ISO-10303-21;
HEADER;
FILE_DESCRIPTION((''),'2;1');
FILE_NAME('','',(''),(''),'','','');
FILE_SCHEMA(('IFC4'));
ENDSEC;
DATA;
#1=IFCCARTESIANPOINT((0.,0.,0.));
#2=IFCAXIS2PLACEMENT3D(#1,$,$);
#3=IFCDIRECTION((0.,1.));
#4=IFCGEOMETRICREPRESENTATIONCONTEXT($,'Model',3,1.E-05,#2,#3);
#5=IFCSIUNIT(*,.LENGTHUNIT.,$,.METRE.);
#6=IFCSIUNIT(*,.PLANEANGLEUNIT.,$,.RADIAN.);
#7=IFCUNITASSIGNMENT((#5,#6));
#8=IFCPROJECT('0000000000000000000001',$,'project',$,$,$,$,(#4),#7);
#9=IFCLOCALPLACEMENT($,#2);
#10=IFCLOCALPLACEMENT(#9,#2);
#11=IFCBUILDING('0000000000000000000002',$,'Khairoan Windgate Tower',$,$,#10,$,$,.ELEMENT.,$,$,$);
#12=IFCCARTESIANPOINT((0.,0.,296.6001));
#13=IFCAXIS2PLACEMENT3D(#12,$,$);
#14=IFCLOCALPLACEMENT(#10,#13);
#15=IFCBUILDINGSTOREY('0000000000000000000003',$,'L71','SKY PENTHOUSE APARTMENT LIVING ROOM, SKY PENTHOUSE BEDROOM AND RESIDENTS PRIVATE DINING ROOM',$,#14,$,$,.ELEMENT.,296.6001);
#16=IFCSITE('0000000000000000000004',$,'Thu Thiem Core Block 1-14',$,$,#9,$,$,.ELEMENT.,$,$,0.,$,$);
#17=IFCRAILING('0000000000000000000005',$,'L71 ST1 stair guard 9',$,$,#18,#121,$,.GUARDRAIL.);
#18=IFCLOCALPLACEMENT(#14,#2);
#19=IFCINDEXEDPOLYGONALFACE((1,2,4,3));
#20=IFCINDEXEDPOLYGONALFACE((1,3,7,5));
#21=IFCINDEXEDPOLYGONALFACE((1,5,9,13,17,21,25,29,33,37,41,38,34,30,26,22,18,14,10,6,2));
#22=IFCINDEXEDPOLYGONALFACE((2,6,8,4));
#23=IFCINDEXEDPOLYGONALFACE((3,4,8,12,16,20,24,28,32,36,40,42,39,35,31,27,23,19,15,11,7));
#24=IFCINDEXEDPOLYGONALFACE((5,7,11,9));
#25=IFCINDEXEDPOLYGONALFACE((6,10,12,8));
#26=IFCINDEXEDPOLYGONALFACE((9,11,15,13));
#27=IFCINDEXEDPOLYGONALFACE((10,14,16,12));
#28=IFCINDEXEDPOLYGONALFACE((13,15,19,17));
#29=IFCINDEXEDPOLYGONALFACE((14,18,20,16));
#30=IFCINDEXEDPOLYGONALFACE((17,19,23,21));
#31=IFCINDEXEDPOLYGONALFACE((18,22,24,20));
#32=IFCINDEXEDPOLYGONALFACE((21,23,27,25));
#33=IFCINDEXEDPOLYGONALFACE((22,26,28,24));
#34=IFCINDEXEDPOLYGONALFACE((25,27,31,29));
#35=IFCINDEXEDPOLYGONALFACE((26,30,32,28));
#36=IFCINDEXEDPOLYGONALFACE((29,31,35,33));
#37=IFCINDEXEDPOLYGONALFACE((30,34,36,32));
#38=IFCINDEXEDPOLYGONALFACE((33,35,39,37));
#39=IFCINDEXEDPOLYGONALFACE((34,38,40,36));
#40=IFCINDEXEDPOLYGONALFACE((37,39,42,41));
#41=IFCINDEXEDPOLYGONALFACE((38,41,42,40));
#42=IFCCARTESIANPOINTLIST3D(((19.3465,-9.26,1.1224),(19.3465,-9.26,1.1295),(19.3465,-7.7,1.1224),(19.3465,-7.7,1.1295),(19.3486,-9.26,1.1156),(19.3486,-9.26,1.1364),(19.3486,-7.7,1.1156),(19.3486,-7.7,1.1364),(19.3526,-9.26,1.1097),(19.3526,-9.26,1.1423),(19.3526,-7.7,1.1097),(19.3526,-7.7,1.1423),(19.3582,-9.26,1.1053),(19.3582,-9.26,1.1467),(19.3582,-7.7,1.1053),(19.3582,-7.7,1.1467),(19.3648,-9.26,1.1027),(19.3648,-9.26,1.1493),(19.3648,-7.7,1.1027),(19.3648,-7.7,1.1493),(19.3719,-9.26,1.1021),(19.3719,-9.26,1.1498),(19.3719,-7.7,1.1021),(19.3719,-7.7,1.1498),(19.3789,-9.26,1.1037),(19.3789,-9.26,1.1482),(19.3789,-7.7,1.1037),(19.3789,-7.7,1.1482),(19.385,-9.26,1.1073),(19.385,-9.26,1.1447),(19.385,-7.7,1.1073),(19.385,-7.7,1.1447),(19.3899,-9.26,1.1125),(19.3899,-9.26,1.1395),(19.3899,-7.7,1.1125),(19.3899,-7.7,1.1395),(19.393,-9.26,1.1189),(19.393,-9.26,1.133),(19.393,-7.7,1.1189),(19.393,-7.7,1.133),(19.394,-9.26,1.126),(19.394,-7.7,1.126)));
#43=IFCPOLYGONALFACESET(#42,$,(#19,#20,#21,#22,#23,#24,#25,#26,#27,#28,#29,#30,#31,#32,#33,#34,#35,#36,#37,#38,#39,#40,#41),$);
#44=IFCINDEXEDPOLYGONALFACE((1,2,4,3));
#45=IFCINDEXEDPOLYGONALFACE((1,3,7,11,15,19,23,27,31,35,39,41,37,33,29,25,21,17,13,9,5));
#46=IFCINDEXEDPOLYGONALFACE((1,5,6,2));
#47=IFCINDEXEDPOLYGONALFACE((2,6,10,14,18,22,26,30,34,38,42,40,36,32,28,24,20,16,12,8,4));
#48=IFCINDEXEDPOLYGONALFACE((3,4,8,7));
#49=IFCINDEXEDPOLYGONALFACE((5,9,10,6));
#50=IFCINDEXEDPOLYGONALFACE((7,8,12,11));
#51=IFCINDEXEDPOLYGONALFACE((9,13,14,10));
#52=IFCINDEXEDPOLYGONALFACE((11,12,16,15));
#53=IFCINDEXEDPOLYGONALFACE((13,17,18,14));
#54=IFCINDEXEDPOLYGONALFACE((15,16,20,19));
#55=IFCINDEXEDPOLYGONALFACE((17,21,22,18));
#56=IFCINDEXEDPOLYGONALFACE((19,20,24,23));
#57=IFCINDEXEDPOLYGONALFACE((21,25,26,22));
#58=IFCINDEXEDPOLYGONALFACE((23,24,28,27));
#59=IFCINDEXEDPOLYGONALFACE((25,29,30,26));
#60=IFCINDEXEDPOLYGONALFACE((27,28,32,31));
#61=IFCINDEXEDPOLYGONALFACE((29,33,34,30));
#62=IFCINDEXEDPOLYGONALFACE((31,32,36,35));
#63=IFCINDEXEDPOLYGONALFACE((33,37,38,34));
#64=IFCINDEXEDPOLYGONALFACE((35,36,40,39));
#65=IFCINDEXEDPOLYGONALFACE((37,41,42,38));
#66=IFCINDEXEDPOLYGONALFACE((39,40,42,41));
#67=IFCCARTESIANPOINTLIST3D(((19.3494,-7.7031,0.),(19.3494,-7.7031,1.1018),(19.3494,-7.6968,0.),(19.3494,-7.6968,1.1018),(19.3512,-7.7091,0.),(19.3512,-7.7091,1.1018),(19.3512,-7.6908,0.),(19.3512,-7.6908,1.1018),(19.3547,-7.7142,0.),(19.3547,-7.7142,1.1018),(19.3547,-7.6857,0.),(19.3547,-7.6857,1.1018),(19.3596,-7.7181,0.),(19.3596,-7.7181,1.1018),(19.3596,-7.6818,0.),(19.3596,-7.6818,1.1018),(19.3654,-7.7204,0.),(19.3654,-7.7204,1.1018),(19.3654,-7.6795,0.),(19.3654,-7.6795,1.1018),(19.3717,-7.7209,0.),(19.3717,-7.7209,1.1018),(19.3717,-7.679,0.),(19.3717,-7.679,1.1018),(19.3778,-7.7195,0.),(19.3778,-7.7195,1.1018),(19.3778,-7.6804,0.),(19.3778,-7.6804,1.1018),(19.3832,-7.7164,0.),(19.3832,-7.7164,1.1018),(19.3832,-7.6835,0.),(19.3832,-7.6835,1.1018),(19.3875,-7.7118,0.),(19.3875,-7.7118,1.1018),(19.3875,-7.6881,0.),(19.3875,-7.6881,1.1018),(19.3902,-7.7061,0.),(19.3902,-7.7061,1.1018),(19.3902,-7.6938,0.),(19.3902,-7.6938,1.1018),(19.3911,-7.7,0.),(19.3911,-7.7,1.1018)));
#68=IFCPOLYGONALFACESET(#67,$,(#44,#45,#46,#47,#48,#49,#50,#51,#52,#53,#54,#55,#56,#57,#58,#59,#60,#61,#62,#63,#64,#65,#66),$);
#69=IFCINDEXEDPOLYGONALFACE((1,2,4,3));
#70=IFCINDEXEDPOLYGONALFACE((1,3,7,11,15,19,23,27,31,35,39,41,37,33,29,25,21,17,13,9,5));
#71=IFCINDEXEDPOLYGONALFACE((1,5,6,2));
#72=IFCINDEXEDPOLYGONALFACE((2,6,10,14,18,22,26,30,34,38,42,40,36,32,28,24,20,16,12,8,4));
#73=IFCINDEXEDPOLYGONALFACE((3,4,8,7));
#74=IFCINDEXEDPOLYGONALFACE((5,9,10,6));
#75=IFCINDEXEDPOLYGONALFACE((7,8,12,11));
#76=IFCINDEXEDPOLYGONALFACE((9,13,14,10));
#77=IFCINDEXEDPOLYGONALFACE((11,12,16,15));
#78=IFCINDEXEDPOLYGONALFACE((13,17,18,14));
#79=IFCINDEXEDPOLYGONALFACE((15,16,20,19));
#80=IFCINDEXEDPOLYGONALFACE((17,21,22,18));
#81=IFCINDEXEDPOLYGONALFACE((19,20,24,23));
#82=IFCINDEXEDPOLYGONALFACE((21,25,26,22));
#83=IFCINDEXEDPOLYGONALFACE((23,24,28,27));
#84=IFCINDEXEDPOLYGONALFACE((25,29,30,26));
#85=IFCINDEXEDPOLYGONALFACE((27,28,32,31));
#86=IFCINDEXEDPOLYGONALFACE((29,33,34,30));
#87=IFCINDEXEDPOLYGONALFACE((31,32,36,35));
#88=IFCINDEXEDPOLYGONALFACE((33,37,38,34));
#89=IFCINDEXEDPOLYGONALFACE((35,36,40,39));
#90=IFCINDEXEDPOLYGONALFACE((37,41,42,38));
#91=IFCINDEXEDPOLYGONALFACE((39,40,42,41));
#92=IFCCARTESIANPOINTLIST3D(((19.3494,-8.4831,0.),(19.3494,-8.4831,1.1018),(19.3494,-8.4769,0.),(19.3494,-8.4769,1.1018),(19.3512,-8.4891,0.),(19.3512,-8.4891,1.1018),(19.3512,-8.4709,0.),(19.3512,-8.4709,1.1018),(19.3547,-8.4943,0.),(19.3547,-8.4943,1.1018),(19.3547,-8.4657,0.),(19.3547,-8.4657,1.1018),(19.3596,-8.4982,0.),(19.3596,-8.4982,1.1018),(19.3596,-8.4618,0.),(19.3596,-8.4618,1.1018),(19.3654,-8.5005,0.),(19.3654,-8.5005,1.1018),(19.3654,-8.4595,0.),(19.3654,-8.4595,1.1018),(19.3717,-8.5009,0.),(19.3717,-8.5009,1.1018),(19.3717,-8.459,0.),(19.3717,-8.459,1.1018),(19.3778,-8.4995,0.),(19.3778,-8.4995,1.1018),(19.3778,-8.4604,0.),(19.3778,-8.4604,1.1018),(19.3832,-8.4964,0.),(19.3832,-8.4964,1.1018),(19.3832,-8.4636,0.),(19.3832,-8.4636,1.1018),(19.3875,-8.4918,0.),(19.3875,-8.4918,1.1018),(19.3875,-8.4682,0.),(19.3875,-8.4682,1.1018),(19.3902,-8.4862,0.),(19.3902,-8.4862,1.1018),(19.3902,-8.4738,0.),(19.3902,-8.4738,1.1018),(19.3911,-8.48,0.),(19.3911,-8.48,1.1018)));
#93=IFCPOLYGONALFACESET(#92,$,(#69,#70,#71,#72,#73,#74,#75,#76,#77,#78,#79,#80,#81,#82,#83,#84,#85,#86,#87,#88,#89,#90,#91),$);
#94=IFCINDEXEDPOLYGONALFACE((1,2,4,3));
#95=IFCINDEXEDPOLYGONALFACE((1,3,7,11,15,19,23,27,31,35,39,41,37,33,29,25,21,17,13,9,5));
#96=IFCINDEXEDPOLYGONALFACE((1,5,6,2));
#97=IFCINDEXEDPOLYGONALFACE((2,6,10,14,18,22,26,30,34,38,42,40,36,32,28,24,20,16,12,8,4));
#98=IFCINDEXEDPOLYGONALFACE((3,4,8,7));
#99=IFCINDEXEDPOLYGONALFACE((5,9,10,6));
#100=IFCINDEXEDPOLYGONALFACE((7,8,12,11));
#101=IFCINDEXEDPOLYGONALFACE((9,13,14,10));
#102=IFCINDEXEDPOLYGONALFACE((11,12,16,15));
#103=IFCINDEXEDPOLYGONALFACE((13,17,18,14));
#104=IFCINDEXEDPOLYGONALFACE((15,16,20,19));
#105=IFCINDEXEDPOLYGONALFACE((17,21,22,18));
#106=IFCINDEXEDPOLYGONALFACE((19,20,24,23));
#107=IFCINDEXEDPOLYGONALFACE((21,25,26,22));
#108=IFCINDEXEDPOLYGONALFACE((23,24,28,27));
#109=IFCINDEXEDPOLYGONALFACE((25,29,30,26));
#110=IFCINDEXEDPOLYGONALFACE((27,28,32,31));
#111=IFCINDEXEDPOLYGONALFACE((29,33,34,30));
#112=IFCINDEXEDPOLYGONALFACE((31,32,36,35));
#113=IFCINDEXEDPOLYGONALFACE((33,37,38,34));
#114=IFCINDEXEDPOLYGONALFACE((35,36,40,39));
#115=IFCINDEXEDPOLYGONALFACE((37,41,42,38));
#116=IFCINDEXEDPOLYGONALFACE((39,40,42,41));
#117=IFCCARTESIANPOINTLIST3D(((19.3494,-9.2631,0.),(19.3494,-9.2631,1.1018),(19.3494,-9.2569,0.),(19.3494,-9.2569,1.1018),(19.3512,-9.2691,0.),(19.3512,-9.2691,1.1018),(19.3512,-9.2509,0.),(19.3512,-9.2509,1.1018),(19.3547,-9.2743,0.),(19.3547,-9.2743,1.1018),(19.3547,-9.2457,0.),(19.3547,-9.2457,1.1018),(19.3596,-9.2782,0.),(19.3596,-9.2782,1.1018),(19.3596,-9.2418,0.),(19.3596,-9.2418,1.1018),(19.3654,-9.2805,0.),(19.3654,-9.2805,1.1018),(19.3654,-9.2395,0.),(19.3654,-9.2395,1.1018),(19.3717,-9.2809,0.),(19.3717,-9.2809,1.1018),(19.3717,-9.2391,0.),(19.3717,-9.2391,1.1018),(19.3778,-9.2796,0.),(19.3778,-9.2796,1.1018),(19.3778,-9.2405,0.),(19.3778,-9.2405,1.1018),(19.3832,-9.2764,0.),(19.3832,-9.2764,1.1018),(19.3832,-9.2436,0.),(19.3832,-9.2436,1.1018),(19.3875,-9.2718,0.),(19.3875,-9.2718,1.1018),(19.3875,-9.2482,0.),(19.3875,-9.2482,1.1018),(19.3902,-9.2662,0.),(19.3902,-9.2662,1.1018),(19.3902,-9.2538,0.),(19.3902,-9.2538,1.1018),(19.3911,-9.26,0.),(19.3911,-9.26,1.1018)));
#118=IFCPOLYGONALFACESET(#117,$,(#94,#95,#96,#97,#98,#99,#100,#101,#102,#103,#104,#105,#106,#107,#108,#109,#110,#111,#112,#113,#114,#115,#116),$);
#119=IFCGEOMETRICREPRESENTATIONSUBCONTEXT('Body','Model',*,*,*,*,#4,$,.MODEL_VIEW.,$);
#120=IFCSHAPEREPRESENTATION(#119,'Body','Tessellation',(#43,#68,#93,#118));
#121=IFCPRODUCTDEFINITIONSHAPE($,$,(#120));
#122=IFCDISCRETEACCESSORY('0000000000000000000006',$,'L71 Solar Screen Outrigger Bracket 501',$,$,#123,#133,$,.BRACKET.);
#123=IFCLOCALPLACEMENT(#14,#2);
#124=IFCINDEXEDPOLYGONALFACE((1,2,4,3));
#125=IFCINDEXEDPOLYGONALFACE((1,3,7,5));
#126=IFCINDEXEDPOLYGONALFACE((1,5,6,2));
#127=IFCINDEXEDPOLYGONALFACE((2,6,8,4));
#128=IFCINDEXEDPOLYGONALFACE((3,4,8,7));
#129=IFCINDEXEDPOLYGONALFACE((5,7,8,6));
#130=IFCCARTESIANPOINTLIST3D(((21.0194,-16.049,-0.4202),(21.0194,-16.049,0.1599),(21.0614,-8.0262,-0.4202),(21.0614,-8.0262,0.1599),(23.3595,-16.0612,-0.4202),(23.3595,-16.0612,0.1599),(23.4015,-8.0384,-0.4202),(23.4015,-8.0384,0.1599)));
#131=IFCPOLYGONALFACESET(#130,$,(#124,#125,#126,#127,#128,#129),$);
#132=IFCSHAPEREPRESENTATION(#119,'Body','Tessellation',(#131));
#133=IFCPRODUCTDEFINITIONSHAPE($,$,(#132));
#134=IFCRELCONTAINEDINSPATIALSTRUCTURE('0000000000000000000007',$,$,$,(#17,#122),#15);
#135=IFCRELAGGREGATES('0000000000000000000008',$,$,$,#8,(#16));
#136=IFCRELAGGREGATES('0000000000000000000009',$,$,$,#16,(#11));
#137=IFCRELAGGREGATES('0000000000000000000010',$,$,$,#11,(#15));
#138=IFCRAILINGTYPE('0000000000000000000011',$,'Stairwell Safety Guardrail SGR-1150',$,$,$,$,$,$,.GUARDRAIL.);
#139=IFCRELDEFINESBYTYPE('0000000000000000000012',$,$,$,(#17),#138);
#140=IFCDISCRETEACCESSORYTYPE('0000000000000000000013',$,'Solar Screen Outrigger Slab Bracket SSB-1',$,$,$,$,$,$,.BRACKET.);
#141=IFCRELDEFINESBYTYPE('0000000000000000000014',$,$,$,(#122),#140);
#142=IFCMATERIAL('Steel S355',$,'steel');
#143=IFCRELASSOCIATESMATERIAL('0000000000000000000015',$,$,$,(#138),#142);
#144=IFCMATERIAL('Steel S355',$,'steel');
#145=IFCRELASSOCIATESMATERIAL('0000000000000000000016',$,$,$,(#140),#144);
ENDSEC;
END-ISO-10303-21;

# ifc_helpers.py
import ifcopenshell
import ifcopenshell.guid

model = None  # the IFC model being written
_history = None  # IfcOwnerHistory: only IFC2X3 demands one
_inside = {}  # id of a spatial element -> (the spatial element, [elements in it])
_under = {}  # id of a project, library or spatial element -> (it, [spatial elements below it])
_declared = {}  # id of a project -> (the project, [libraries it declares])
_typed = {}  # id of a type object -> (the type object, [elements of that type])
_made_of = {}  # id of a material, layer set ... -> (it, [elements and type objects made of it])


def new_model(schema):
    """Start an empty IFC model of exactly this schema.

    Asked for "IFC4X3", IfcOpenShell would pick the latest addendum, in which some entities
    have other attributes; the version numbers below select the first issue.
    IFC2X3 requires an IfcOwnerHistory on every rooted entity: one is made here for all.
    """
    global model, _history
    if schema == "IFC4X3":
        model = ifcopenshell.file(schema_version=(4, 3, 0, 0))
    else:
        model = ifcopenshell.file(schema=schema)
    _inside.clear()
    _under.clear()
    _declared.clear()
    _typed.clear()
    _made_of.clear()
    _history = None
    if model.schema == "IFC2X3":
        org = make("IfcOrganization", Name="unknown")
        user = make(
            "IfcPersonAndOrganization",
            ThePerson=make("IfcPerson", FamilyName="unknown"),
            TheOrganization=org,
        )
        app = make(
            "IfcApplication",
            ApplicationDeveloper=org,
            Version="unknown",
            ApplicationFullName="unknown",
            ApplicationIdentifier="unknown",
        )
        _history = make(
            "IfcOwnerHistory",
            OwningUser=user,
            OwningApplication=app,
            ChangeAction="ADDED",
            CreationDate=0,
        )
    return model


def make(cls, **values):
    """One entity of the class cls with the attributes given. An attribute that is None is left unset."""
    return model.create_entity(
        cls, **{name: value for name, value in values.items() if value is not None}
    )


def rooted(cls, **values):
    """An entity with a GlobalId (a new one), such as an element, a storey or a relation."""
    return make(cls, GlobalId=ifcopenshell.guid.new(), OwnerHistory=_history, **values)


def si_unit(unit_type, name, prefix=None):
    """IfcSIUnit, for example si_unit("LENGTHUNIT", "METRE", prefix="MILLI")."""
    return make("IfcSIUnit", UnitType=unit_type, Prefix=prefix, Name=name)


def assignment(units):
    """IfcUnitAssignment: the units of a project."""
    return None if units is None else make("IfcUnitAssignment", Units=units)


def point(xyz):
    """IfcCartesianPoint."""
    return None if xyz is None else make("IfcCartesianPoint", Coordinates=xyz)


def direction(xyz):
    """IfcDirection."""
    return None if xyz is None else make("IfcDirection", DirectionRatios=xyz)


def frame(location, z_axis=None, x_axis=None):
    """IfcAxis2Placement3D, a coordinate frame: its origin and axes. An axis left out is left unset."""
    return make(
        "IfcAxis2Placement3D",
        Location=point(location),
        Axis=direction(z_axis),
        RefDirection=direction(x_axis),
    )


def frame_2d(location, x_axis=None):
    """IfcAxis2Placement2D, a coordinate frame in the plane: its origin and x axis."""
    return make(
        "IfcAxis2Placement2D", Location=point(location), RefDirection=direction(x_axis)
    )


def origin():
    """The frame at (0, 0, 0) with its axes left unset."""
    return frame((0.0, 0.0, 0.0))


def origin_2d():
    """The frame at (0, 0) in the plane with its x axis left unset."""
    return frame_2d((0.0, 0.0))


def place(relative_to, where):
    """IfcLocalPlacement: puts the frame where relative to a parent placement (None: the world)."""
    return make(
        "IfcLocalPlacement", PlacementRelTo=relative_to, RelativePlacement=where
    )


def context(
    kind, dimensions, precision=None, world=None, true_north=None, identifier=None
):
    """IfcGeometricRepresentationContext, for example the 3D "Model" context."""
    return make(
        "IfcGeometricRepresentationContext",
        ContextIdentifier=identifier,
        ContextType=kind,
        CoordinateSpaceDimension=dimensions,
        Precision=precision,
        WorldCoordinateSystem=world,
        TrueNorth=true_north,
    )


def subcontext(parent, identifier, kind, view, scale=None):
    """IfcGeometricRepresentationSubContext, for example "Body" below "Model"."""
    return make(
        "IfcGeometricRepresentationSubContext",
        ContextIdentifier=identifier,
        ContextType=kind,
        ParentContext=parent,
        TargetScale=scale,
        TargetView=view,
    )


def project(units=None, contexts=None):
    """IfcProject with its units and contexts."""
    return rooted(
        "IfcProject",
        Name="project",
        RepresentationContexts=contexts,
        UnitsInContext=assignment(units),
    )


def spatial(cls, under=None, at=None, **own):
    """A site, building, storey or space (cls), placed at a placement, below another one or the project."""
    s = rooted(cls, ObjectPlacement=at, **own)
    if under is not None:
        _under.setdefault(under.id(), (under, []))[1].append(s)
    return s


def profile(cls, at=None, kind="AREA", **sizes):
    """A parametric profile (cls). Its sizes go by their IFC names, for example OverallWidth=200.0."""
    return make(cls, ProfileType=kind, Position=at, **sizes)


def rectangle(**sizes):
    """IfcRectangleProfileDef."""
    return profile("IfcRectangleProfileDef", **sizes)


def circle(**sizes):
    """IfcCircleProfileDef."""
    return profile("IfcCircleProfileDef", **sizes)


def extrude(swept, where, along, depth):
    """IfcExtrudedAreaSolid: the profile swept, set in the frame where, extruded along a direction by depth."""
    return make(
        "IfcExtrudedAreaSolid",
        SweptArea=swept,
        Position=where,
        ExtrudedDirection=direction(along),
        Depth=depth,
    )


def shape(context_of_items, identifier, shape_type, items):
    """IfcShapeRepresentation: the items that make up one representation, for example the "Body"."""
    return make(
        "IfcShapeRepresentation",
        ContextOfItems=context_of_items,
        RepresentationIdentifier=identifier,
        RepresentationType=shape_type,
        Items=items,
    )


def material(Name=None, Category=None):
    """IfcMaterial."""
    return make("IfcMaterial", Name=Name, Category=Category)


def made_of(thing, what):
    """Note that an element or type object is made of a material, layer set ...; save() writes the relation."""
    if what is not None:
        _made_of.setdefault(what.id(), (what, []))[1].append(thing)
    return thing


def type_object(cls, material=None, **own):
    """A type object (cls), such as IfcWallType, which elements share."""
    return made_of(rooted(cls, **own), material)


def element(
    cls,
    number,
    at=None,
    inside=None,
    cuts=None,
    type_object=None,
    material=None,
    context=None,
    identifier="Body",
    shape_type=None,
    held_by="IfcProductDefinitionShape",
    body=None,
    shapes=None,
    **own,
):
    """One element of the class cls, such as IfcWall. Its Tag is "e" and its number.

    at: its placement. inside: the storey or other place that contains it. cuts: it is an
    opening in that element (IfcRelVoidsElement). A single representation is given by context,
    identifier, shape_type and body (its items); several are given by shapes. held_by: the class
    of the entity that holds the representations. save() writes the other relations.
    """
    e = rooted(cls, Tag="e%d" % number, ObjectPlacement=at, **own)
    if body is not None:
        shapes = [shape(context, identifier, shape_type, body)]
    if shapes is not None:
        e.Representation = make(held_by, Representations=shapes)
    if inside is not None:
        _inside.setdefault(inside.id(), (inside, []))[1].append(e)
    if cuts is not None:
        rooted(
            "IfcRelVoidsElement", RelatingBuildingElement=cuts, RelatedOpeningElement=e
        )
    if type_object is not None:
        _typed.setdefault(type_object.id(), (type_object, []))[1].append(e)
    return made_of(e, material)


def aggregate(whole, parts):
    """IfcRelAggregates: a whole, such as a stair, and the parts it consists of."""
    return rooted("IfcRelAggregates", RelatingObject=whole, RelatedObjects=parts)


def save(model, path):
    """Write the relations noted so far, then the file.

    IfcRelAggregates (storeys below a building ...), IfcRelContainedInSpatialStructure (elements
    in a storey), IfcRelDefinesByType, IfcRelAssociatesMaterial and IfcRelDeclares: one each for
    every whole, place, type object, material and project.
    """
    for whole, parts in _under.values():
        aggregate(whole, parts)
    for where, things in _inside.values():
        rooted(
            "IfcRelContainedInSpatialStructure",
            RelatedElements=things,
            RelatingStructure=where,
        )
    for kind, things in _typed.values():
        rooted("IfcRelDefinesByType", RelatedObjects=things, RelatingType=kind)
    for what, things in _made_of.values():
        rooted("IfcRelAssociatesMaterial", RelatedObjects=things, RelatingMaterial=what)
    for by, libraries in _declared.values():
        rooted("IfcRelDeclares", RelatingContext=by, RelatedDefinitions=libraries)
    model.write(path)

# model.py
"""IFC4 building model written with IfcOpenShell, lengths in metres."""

from ifc_helpers import new_model, si_unit, direction, frame, origin, origin_2d, place, context, subcontext, project, spatial, rectangle, circle, extrude, material, type_object, element, save


model = new_model("IFC4")

# Units and contexts
model_context = context("Model", 3, precision=1e-05, world=origin(), true_north=direction((0.0, 1.0)))
body_context = subcontext(model_context, "Body", "Model", "MODEL_VIEW")
ifc_project = project(units=[si_unit("LENGTHUNIT", "METRE"), si_unit("PLANEANGLEUNIT", "RADIAN")], contexts=[model_context])

# Site, building, storey
site_placement = place(None, origin())
site = spatial("IfcSite", under=ifc_project, at=site_placement, Name="Thu Thiem Core Block 1-14", CompositionType="ELEMENT", RefElevation=0.0)
building_placement = place(site_placement, origin())
building = spatial("IfcBuilding", under=site, at=building_placement, Name="Khairoan Windgate Tower", CompositionType="ELEMENT")
storey_placement = place(building_placement, frame((0.0, 0.0, 296.6001)))
storey = spatial("IfcBuildingStorey", under=building, at=storey_placement, Name="L71", Description="SKY PENTHOUSE APARTMENT LIVING ROOM, SKY PENTHOUSE BEDROOM AND RESIDENTS PRIVATE DINING ROOM", CompositionType="ELEMENT", Elevation=296.6001)

# Railing
ifc_material_1 = material(Name="Steel S355", Category="steel")
railing_type_1 = type_object("IfcRailingType", Name="Stairwell Safety Guardrail SGR-1150", PredefinedType="GUARDRAIL", material=ifc_material_1)
for number, where, name in (
    (1, (19.3701, -7.7, 0.0), "L71 ST1 stair guard 9"),
):
    element("IfcRailing", number, at=place(storey_placement, frame(where)), inside=storey, type_object=railing_type_1, Name=name, PredefinedType="GUARDRAIL", context=body_context, shape_type="SweptSolid", body=[
        extrude(circle(Radius=0.0239, at=origin_2d()), frame((0.0, 0.0, 1.126), z_axis=(0.0, -1.0, 0.0), x_axis=(1.0, 0.0, 0.0)), (0.0, 0.0, 1.0), 1.5601),
        extrude(circle(Radius=0.021, at=origin_2d()), origin(), (0.0, 0.0, 1.0), 1.1018),
        extrude(circle(Radius=0.021, at=origin_2d()), frame((0.0, -0.78, 0.0)), (0.0, 0.0, 1.0), 1.1018),
        extrude(circle(Radius=0.021, at=origin_2d()), frame((0.0, -1.5601, 0.0)), (0.0, 0.0, 1.0), 1.1018),
    ])

# Discrete accessory
ifc_material_2 = material(Name="Steel S355", Category="steel")
discrete_accessory_type = type_object("IfcDiscreteAccessoryType", Name="Solar Screen Outrigger Slab Bracket SSB-1", PredefinedType="BRACKET", material=ifc_material_2)
discrete_accessory_placement = place(storey_placement, frame((22.2104, -12.0437, -0.4202), z_axis=(0.0, 0.0, 1.0), x_axis=(-0.005236, -0.999986, 0.0)))
element("IfcDiscreteAccessory", 2, at=discrete_accessory_placement, inside=storey, type_object=discrete_accessory_type, Name="L71 Solar Screen Outrigger Bracket 501", PredefinedType="BRACKET", context=body_context, shape_type="SweptSolid", body=[
    extrude(rectangle(XDim=8.0229, YDim=2.3401, at=origin_2d()), origin(), (0.0, 0.0, 1.0), 0.5801),
])

save(model, "model.ifc")
